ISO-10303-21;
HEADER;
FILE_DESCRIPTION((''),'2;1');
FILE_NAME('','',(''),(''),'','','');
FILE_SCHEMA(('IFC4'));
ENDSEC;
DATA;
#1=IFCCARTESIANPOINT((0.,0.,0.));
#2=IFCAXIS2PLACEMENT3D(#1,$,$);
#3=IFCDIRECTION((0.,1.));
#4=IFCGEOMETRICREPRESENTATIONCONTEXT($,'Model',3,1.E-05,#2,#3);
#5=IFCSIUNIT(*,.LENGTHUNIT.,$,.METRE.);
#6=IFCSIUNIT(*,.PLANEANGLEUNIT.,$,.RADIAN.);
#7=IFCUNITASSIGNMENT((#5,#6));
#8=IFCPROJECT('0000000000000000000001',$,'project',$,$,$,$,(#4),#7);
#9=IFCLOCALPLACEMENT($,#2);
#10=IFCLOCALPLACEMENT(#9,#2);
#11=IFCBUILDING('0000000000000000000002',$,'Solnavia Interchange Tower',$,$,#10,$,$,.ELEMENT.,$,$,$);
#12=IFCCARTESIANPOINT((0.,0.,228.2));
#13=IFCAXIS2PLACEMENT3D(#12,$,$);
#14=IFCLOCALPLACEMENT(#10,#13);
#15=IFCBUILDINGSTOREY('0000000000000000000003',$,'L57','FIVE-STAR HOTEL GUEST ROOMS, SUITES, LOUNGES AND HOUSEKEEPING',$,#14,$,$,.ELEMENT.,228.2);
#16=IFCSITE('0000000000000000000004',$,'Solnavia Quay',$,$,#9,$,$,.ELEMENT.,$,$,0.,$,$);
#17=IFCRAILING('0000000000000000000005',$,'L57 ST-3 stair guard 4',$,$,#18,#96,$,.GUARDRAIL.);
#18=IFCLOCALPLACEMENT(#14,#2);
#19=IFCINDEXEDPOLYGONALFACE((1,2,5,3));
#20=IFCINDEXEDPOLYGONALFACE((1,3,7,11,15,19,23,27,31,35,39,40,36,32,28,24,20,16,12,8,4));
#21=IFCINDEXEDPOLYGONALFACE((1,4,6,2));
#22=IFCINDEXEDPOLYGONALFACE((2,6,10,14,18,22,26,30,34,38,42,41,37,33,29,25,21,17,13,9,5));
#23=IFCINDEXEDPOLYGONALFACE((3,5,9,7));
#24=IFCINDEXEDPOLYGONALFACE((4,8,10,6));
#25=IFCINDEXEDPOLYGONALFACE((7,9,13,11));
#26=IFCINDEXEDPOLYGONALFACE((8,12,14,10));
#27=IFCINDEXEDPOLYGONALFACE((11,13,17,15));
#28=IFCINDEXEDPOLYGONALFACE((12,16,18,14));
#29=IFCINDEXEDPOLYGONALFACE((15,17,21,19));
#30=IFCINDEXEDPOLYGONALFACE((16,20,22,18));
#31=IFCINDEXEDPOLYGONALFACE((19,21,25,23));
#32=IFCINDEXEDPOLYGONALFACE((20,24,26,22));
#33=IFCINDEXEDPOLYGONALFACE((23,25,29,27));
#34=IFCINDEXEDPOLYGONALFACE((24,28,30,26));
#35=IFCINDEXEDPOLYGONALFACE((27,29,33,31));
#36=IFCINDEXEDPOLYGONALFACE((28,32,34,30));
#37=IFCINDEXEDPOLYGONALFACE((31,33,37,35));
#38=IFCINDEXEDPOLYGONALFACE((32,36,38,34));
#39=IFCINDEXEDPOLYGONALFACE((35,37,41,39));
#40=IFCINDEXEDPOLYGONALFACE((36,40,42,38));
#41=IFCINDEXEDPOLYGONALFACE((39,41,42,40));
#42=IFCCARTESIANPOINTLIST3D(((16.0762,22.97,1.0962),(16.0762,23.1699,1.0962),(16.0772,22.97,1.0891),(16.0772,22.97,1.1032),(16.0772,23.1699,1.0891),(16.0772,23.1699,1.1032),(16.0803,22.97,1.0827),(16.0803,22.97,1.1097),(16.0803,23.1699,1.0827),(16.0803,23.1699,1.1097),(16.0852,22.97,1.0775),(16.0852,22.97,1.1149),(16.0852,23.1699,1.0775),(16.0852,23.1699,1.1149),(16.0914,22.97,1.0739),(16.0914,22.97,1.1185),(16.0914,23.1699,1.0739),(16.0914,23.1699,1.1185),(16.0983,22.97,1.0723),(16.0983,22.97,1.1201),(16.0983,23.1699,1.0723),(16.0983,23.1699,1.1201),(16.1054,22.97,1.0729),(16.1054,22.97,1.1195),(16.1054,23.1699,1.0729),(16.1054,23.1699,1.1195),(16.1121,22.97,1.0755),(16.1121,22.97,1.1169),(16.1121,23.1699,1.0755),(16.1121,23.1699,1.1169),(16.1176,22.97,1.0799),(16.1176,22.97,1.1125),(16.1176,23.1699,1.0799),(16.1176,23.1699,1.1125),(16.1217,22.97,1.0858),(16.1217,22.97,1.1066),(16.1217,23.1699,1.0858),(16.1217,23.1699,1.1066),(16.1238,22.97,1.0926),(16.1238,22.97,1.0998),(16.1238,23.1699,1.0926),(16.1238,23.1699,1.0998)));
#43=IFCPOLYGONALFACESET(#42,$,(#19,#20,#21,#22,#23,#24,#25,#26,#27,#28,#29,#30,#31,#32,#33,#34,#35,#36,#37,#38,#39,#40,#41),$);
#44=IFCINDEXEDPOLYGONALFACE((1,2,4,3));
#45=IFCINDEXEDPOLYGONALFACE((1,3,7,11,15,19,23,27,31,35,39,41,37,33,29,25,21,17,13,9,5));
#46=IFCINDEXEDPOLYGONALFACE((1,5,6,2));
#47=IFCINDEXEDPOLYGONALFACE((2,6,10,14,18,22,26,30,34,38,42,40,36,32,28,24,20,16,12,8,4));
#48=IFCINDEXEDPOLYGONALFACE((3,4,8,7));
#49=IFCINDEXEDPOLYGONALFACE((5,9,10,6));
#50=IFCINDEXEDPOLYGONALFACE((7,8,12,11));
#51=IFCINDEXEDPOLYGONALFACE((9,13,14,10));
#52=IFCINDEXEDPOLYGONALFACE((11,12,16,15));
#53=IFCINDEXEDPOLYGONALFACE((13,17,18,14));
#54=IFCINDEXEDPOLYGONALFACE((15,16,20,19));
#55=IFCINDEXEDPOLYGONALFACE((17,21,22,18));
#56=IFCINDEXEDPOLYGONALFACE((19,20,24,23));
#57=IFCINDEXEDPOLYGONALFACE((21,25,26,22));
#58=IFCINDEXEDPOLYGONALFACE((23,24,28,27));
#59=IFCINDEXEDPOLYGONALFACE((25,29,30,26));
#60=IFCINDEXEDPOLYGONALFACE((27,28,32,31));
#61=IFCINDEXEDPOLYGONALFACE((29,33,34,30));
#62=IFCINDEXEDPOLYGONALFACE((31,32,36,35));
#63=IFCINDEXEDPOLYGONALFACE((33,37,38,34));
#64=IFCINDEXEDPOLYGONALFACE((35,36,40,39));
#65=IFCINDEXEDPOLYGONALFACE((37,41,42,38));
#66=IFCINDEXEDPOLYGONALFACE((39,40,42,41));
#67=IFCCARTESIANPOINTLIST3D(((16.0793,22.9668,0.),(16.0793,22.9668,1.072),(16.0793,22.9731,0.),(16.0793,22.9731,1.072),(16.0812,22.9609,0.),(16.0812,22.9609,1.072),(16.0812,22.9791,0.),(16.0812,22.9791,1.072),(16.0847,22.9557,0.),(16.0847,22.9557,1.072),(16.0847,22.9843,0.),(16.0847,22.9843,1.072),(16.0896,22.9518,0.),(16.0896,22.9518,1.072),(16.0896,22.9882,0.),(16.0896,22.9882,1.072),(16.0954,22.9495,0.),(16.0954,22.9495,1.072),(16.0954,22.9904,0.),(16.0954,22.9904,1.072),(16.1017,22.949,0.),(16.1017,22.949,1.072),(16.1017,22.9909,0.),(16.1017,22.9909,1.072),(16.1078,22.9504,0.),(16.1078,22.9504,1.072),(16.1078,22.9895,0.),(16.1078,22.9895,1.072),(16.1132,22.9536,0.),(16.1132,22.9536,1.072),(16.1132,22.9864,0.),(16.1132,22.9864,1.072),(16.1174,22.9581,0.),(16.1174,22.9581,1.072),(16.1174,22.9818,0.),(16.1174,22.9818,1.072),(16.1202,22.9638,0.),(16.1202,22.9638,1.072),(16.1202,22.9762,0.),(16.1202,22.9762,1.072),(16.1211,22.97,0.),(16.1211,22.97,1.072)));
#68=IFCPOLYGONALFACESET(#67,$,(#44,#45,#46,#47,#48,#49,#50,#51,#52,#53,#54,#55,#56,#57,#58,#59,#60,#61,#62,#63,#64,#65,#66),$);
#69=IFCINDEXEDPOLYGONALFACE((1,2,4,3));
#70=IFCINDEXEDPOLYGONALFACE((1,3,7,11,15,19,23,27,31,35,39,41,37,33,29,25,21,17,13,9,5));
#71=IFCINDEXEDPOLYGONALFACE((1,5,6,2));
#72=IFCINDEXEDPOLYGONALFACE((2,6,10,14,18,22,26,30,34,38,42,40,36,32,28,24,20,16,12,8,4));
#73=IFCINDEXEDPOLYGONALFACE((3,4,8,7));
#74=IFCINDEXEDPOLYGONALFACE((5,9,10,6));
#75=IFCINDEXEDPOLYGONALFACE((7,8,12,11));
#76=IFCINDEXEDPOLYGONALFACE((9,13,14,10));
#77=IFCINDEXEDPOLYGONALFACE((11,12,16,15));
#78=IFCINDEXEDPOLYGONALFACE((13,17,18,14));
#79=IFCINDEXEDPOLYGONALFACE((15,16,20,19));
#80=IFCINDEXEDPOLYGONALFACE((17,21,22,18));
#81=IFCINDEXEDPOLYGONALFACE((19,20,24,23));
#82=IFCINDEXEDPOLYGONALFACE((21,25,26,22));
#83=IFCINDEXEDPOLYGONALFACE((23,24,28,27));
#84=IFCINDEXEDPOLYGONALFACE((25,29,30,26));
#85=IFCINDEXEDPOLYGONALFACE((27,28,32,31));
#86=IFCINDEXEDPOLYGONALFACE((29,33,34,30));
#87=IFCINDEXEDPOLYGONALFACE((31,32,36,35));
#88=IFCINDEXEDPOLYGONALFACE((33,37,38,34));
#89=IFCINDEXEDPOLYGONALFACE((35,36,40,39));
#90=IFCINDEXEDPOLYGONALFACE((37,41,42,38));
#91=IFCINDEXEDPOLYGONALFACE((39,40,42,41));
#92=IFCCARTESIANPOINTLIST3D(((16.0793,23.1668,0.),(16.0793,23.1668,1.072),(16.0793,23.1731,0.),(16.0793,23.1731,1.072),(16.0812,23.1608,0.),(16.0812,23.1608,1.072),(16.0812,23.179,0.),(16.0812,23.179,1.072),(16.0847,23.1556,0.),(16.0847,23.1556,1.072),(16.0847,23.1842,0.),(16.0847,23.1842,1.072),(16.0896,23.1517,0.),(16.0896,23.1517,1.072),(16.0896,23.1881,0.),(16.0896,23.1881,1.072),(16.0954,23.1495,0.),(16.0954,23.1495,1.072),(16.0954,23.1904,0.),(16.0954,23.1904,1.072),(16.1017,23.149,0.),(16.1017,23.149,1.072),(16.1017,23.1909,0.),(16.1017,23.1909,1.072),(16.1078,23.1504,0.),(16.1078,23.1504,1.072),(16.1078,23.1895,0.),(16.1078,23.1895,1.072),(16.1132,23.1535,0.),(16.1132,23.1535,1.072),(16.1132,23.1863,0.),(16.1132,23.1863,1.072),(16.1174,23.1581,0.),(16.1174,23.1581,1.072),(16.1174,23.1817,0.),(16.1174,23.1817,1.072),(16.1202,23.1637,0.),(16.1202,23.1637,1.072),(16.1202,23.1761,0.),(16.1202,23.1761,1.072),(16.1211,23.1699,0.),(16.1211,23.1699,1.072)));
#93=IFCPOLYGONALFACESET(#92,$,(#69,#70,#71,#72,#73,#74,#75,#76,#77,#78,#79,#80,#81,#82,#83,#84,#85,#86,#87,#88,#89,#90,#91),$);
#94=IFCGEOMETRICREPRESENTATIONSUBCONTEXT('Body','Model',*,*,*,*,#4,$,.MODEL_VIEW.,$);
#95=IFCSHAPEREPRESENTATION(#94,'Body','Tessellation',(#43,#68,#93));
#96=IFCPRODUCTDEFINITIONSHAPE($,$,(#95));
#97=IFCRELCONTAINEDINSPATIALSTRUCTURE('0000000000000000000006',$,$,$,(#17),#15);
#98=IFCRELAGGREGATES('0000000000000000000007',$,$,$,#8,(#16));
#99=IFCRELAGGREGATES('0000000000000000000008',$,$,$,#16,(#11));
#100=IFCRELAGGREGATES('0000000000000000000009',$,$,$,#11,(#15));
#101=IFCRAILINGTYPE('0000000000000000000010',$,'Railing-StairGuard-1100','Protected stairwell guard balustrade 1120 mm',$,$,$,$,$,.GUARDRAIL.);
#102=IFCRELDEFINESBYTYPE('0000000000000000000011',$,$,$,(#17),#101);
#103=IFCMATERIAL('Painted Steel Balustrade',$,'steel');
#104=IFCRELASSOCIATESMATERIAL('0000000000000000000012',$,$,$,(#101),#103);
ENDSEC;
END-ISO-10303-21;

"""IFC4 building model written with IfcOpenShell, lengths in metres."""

from ifc_helpers import new_model, si_unit, direction, frame, origin, origin_2d, place, context, subcontext, project, spatial, circle, extrude, material, type_object, element, save


model = new_model("IFC4")

# Units and contexts
model_context = context("Model", 3, precision=1e-05, world=origin(), true_north=direction((0.0, 1.0)))
body_context = subcontext(model_context, "Body", "Model", "MODEL_VIEW")
ifc_project = project(units=[si_unit("LENGTHUNIT", "METRE"), si_unit("PLANEANGLEUNIT", "RADIAN")], contexts=[model_context])

# Site, building, storey
site_placement = place(None, origin())
site = spatial("IfcSite", under=ifc_project, at=site_placement, Name="Solnavia Quay", CompositionType="ELEMENT", RefElevation=0.0)
building_placement = place(site_placement, origin())
building = spatial("IfcBuilding", under=site, at=building_placement, Name="Solnavia Interchange Tower", CompositionType="ELEMENT")
storey_placement = place(building_placement, frame((0.0, 0.0, 228.2)))
storey = spatial("IfcBuildingStorey", under=building, at=storey_placement, Name="L57", Description="FIVE-STAR HOTEL GUEST ROOMS, SUITES, LOUNGES AND HOUSEKEEPING", CompositionType="ELEMENT", Elevation=228.2)

# Railing
ifc_material_1 = material(Name="Painted Steel Balustrade", Category="steel")
railing_type_1 = type_object("IfcRailingType", Name="Railing-StairGuard-1100", Description="Protected stairwell guard balustrade 1120 mm", PredefinedType="GUARDRAIL", material=ifc_material_1)
railing_1_placement = place(storey_placement, frame((16.1001, 22.97, 0.0)))
element("IfcRailing", 1, at=railing_1_placement, inside=storey, type_object=railing_type_1, Name="L57 ST-3 stair guard 4", PredefinedType="GUARDRAIL", context=body_context, shape_type="SweptSolid", body=[
    extrude(circle(Radius=0.0239, at=origin_2d()), frame((0.0, 0.0, 1.0962), z_axis=(0.0, 1.0, 0.0), x_axis=(-1.0, 0.0, 0.0)), (0.0, 0.0, 1.0), 0.2),
    extrude(circle(Radius=0.021, at=origin_2d()), origin(), (0.0, 0.0, 1.0), 1.072),
    extrude(circle(Radius=0.021, at=origin_2d()), frame((0.0, 0.2, 0.0)), (0.0, 0.0, 1.0), 1.072),
])

save(model, "model.ifc")
